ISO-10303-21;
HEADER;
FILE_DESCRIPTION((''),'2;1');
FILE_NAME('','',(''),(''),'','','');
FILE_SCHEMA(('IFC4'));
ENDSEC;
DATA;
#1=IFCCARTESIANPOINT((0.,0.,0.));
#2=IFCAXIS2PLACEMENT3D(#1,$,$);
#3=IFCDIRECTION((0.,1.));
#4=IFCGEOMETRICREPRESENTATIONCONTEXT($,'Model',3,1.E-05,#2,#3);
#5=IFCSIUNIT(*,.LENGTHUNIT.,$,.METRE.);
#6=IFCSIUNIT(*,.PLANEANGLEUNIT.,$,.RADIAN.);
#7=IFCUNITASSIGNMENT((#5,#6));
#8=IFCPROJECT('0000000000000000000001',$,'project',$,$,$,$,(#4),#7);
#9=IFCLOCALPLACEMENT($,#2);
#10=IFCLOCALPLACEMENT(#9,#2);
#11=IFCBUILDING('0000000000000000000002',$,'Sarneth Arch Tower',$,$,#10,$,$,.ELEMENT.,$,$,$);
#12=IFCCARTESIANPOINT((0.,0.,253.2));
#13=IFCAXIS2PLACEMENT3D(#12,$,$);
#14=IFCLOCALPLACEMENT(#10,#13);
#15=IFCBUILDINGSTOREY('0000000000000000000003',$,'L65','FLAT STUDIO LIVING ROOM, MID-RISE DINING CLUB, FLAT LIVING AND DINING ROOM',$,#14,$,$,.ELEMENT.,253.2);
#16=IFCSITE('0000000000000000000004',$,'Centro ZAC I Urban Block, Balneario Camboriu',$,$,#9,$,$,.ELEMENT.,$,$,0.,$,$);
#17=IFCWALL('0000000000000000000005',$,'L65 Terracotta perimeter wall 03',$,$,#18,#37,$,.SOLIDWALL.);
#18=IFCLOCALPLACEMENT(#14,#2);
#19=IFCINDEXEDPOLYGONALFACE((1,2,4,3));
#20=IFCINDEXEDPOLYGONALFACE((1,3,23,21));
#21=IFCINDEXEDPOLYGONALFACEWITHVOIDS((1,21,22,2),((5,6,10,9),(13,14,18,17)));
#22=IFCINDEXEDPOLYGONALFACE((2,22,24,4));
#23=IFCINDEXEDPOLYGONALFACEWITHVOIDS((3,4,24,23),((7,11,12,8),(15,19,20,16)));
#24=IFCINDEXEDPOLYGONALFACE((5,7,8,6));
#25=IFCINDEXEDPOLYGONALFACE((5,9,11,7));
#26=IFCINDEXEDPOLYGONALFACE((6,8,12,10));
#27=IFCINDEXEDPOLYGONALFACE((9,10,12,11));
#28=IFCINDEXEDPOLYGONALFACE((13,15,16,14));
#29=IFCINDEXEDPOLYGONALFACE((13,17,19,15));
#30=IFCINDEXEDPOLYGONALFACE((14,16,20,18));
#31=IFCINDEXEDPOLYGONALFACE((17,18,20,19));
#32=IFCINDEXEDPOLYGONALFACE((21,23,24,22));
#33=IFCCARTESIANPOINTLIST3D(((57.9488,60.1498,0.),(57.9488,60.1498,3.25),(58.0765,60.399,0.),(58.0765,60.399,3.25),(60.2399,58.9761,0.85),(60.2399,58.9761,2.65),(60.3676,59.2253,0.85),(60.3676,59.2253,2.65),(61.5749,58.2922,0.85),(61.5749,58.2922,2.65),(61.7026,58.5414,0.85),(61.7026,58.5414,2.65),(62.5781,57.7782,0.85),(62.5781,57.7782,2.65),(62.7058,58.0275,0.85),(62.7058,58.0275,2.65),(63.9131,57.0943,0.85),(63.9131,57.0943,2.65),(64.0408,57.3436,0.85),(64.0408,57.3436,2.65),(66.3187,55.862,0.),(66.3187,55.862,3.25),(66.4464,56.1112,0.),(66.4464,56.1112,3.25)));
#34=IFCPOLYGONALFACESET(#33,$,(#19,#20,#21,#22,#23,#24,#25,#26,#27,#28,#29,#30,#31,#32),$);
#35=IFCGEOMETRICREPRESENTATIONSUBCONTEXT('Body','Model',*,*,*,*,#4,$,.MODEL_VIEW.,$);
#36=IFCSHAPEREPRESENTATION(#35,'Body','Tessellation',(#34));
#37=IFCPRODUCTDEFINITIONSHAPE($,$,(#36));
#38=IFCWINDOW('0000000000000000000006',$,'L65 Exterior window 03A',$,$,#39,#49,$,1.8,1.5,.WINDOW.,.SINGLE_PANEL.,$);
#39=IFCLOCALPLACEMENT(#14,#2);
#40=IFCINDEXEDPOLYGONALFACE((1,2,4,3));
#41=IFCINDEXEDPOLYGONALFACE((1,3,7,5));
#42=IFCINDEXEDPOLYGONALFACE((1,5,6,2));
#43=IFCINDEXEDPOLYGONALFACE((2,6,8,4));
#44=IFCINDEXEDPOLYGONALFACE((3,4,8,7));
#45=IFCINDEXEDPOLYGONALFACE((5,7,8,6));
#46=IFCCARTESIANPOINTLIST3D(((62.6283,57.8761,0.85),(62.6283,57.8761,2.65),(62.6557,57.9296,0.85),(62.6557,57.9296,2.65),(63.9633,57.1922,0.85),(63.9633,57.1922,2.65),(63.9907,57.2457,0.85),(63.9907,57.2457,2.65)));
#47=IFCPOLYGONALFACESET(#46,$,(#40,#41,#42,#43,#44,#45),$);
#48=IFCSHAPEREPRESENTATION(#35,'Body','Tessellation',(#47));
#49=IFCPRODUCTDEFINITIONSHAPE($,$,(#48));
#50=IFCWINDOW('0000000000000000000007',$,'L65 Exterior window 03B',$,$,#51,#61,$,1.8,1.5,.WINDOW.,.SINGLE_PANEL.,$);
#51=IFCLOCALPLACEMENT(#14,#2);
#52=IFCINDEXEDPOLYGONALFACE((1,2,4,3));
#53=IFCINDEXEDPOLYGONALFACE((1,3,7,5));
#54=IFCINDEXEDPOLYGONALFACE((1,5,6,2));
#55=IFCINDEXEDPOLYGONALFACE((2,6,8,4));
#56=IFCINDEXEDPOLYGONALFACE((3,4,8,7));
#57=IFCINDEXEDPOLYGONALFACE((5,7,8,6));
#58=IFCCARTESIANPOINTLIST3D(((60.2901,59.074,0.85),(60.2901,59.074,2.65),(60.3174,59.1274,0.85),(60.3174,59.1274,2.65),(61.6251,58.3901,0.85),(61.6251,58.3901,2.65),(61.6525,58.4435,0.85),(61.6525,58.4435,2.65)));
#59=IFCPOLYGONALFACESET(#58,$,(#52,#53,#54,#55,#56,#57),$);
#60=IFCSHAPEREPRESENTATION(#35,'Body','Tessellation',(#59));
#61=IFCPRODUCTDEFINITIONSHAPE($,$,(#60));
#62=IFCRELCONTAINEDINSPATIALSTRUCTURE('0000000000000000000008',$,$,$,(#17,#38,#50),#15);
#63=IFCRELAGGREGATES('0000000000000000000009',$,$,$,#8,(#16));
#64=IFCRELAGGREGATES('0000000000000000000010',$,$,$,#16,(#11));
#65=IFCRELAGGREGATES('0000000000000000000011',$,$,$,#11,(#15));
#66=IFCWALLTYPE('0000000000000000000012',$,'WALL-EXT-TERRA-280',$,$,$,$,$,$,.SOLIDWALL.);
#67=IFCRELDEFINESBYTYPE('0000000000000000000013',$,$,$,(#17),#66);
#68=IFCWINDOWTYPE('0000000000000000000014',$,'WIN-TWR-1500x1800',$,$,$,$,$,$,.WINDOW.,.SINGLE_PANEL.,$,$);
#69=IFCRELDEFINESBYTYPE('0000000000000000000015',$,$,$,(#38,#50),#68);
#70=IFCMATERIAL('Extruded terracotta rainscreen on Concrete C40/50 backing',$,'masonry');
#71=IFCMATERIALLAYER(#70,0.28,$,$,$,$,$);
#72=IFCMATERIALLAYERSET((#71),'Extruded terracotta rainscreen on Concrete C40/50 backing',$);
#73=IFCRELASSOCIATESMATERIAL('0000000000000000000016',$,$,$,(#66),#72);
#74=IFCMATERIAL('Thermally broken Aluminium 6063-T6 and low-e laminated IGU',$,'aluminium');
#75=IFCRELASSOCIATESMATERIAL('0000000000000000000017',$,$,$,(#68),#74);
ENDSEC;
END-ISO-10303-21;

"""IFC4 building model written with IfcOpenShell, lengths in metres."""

from ifc_helpers import new_model, si_unit, direction, frame, frame_2d, origin, place, context, subcontext, project, spatial, rectangle, extrude, material, layer, layer_set, type_object, element, fill, save


model = new_model("IFC4")

# Units and contexts
model_context = context("Model", 3, precision=1e-05, world=origin(), true_north=direction((0.0, 1.0)))
body_context = subcontext(model_context, "Body", "Model", "MODEL_VIEW")
ifc_project = project(units=[si_unit("LENGTHUNIT", "METRE"), si_unit("PLANEANGLEUNIT", "RADIAN")], contexts=[model_context])

# Site, building, storey
site_placement = place(None, origin())
site = spatial("IfcSite", under=ifc_project, at=site_placement, Name="Centro ZAC I Urban Block, Balneario Camboriu", CompositionType="ELEMENT", RefElevation=0.0)
building_placement = place(site_placement, origin())
building = spatial("IfcBuilding", under=site, at=building_placement, Name="Sarneth Arch Tower", CompositionType="ELEMENT")
storey_placement = place(building_placement, frame((0.0, 0.0, 253.2)))
storey = spatial("IfcBuildingStorey", under=building, at=storey_placement, Name="L65", Description="FLAT STUDIO LIVING ROOM, MID-RISE DINING CLUB, FLAT LIVING AND DINING ROOM", CompositionType="ELEMENT", Elevation=253.2)

# Wall, openings, windows
ifc_material_1 = material(Name="Extruded terracotta rainscreen on Concrete C40/50 backing", Category="masonry")
ifc_layer_1 = layer(ifc_material_1, 0.28)
ifc_layer_set_1 = layer_set([ifc_layer_1], Name="Extruded terracotta rainscreen on Concrete C40/50 backing")
wall_type = type_object("IfcWallType", Name="WALL-EXT-TERRA-280", PredefinedType="SOLIDWALL", material=ifc_layer_set_1)
wall_placement = place(storey_placement, frame((66.3826, 55.9866, 0.0), z_axis=(0.0, 0.0, 1.0), x_axis=(-0.890007, 0.455946, 0.0)))
wall = element("IfcWall", 1, at=wall_placement, inside=storey, type_object=wall_type, Name="L65 Terracotta perimeter wall 03", PredefinedType="SOLIDWALL", context=body_context, shape_type="SweptSolid", body=[
    extrude(rectangle(XDim=9.4043, YDim=0.28, at=frame_2d((4.7021, 0.0))), origin(), (0.0, 0.0, 1.0), 3.25),
])
opening_1_placement = place(wall_placement, frame((2.7029, 0.0, 0.8501)))
opening_1 = element("IfcOpeningElement", 2, at=opening_1_placement, cuts=wall, PredefinedType="OPENING", context=body_context, shape_type="SweptSolid", body=[
    extrude(rectangle(XDim=1.5, YDim=1.8, at=frame_2d((0.75, 0.8999))), frame((0.0, 0.1499, 0.0), z_axis=(0.0, -1.0, 0.0), x_axis=(1.0, 0.0, 0.0)), (0.0, 0.0, 1.0), 0.3),
])
opening_2_placement = place(wall_placement, frame((5.3301, 0.0, 0.8501)))
opening_2 = element("IfcOpeningElement", 3, at=opening_2_placement, cuts=wall, PredefinedType="OPENING", context=body_context, shape_type="SweptSolid", body=[
    extrude(rectangle(XDim=1.5, YDim=1.8, at=frame_2d((0.75, 0.8999))), frame((0.0, 0.1499, 0.0), z_axis=(0.0, -1.0, 0.0), x_axis=(1.0, 0.0, 0.0)), (0.0, 0.0, 1.0), 0.3),
])
ifc_material_2 = material(Name="Thermally broken Aluminium 6063-T6 and low-e laminated IGU", Category="aluminium")
window_type = type_object("IfcWindowType", Name="WIN-TWR-1500x1800", PartitioningType="SINGLE_PANEL", PredefinedType="WINDOW", material=ifc_material_2)
window_1_placement = place(opening_1_placement, origin())
window_1 = element("IfcWindow", 4, at=window_1_placement, inside=storey, type_object=window_type, Name="L65 Exterior window 03A", OverallHeight=1.8, OverallWidth=1.5, PartitioningType="SINGLE_PANEL", PredefinedType="WINDOW", context=body_context, shape_type="SweptSolid", body=[
    extrude(rectangle(XDim=1.5, YDim=1.8, at=frame_2d((0.75, 0.8999))), frame((0.0, 0.03, 0.0), z_axis=(0.0, -1.0, 0.0), x_axis=(1.0, 0.0, 0.0)), (0.0, 0.0, 1.0), 0.0601),
])
fill(opening_1, window_1)
window_2_placement = place(opening_2_placement, origin())
window_2 = element("IfcWindow", 5, at=window_2_placement, inside=storey, type_object=window_type, Name="L65 Exterior window 03B", OverallHeight=1.8, OverallWidth=1.5, PartitioningType="SINGLE_PANEL", PredefinedType="WINDOW", context=body_context, shape_type="SweptSolid", body=[
    extrude(rectangle(XDim=1.5, YDim=1.8, at=frame_2d((0.75, 0.8999))), frame((0.0, 0.03, 0.0), z_axis=(0.0, -1.0, 0.0), x_axis=(1.0, 0.0, 0.0)), (0.0, 0.0, 1.0), 0.0601),
])
fill(opening_2, window_2)

save(model, "model.ifc")
